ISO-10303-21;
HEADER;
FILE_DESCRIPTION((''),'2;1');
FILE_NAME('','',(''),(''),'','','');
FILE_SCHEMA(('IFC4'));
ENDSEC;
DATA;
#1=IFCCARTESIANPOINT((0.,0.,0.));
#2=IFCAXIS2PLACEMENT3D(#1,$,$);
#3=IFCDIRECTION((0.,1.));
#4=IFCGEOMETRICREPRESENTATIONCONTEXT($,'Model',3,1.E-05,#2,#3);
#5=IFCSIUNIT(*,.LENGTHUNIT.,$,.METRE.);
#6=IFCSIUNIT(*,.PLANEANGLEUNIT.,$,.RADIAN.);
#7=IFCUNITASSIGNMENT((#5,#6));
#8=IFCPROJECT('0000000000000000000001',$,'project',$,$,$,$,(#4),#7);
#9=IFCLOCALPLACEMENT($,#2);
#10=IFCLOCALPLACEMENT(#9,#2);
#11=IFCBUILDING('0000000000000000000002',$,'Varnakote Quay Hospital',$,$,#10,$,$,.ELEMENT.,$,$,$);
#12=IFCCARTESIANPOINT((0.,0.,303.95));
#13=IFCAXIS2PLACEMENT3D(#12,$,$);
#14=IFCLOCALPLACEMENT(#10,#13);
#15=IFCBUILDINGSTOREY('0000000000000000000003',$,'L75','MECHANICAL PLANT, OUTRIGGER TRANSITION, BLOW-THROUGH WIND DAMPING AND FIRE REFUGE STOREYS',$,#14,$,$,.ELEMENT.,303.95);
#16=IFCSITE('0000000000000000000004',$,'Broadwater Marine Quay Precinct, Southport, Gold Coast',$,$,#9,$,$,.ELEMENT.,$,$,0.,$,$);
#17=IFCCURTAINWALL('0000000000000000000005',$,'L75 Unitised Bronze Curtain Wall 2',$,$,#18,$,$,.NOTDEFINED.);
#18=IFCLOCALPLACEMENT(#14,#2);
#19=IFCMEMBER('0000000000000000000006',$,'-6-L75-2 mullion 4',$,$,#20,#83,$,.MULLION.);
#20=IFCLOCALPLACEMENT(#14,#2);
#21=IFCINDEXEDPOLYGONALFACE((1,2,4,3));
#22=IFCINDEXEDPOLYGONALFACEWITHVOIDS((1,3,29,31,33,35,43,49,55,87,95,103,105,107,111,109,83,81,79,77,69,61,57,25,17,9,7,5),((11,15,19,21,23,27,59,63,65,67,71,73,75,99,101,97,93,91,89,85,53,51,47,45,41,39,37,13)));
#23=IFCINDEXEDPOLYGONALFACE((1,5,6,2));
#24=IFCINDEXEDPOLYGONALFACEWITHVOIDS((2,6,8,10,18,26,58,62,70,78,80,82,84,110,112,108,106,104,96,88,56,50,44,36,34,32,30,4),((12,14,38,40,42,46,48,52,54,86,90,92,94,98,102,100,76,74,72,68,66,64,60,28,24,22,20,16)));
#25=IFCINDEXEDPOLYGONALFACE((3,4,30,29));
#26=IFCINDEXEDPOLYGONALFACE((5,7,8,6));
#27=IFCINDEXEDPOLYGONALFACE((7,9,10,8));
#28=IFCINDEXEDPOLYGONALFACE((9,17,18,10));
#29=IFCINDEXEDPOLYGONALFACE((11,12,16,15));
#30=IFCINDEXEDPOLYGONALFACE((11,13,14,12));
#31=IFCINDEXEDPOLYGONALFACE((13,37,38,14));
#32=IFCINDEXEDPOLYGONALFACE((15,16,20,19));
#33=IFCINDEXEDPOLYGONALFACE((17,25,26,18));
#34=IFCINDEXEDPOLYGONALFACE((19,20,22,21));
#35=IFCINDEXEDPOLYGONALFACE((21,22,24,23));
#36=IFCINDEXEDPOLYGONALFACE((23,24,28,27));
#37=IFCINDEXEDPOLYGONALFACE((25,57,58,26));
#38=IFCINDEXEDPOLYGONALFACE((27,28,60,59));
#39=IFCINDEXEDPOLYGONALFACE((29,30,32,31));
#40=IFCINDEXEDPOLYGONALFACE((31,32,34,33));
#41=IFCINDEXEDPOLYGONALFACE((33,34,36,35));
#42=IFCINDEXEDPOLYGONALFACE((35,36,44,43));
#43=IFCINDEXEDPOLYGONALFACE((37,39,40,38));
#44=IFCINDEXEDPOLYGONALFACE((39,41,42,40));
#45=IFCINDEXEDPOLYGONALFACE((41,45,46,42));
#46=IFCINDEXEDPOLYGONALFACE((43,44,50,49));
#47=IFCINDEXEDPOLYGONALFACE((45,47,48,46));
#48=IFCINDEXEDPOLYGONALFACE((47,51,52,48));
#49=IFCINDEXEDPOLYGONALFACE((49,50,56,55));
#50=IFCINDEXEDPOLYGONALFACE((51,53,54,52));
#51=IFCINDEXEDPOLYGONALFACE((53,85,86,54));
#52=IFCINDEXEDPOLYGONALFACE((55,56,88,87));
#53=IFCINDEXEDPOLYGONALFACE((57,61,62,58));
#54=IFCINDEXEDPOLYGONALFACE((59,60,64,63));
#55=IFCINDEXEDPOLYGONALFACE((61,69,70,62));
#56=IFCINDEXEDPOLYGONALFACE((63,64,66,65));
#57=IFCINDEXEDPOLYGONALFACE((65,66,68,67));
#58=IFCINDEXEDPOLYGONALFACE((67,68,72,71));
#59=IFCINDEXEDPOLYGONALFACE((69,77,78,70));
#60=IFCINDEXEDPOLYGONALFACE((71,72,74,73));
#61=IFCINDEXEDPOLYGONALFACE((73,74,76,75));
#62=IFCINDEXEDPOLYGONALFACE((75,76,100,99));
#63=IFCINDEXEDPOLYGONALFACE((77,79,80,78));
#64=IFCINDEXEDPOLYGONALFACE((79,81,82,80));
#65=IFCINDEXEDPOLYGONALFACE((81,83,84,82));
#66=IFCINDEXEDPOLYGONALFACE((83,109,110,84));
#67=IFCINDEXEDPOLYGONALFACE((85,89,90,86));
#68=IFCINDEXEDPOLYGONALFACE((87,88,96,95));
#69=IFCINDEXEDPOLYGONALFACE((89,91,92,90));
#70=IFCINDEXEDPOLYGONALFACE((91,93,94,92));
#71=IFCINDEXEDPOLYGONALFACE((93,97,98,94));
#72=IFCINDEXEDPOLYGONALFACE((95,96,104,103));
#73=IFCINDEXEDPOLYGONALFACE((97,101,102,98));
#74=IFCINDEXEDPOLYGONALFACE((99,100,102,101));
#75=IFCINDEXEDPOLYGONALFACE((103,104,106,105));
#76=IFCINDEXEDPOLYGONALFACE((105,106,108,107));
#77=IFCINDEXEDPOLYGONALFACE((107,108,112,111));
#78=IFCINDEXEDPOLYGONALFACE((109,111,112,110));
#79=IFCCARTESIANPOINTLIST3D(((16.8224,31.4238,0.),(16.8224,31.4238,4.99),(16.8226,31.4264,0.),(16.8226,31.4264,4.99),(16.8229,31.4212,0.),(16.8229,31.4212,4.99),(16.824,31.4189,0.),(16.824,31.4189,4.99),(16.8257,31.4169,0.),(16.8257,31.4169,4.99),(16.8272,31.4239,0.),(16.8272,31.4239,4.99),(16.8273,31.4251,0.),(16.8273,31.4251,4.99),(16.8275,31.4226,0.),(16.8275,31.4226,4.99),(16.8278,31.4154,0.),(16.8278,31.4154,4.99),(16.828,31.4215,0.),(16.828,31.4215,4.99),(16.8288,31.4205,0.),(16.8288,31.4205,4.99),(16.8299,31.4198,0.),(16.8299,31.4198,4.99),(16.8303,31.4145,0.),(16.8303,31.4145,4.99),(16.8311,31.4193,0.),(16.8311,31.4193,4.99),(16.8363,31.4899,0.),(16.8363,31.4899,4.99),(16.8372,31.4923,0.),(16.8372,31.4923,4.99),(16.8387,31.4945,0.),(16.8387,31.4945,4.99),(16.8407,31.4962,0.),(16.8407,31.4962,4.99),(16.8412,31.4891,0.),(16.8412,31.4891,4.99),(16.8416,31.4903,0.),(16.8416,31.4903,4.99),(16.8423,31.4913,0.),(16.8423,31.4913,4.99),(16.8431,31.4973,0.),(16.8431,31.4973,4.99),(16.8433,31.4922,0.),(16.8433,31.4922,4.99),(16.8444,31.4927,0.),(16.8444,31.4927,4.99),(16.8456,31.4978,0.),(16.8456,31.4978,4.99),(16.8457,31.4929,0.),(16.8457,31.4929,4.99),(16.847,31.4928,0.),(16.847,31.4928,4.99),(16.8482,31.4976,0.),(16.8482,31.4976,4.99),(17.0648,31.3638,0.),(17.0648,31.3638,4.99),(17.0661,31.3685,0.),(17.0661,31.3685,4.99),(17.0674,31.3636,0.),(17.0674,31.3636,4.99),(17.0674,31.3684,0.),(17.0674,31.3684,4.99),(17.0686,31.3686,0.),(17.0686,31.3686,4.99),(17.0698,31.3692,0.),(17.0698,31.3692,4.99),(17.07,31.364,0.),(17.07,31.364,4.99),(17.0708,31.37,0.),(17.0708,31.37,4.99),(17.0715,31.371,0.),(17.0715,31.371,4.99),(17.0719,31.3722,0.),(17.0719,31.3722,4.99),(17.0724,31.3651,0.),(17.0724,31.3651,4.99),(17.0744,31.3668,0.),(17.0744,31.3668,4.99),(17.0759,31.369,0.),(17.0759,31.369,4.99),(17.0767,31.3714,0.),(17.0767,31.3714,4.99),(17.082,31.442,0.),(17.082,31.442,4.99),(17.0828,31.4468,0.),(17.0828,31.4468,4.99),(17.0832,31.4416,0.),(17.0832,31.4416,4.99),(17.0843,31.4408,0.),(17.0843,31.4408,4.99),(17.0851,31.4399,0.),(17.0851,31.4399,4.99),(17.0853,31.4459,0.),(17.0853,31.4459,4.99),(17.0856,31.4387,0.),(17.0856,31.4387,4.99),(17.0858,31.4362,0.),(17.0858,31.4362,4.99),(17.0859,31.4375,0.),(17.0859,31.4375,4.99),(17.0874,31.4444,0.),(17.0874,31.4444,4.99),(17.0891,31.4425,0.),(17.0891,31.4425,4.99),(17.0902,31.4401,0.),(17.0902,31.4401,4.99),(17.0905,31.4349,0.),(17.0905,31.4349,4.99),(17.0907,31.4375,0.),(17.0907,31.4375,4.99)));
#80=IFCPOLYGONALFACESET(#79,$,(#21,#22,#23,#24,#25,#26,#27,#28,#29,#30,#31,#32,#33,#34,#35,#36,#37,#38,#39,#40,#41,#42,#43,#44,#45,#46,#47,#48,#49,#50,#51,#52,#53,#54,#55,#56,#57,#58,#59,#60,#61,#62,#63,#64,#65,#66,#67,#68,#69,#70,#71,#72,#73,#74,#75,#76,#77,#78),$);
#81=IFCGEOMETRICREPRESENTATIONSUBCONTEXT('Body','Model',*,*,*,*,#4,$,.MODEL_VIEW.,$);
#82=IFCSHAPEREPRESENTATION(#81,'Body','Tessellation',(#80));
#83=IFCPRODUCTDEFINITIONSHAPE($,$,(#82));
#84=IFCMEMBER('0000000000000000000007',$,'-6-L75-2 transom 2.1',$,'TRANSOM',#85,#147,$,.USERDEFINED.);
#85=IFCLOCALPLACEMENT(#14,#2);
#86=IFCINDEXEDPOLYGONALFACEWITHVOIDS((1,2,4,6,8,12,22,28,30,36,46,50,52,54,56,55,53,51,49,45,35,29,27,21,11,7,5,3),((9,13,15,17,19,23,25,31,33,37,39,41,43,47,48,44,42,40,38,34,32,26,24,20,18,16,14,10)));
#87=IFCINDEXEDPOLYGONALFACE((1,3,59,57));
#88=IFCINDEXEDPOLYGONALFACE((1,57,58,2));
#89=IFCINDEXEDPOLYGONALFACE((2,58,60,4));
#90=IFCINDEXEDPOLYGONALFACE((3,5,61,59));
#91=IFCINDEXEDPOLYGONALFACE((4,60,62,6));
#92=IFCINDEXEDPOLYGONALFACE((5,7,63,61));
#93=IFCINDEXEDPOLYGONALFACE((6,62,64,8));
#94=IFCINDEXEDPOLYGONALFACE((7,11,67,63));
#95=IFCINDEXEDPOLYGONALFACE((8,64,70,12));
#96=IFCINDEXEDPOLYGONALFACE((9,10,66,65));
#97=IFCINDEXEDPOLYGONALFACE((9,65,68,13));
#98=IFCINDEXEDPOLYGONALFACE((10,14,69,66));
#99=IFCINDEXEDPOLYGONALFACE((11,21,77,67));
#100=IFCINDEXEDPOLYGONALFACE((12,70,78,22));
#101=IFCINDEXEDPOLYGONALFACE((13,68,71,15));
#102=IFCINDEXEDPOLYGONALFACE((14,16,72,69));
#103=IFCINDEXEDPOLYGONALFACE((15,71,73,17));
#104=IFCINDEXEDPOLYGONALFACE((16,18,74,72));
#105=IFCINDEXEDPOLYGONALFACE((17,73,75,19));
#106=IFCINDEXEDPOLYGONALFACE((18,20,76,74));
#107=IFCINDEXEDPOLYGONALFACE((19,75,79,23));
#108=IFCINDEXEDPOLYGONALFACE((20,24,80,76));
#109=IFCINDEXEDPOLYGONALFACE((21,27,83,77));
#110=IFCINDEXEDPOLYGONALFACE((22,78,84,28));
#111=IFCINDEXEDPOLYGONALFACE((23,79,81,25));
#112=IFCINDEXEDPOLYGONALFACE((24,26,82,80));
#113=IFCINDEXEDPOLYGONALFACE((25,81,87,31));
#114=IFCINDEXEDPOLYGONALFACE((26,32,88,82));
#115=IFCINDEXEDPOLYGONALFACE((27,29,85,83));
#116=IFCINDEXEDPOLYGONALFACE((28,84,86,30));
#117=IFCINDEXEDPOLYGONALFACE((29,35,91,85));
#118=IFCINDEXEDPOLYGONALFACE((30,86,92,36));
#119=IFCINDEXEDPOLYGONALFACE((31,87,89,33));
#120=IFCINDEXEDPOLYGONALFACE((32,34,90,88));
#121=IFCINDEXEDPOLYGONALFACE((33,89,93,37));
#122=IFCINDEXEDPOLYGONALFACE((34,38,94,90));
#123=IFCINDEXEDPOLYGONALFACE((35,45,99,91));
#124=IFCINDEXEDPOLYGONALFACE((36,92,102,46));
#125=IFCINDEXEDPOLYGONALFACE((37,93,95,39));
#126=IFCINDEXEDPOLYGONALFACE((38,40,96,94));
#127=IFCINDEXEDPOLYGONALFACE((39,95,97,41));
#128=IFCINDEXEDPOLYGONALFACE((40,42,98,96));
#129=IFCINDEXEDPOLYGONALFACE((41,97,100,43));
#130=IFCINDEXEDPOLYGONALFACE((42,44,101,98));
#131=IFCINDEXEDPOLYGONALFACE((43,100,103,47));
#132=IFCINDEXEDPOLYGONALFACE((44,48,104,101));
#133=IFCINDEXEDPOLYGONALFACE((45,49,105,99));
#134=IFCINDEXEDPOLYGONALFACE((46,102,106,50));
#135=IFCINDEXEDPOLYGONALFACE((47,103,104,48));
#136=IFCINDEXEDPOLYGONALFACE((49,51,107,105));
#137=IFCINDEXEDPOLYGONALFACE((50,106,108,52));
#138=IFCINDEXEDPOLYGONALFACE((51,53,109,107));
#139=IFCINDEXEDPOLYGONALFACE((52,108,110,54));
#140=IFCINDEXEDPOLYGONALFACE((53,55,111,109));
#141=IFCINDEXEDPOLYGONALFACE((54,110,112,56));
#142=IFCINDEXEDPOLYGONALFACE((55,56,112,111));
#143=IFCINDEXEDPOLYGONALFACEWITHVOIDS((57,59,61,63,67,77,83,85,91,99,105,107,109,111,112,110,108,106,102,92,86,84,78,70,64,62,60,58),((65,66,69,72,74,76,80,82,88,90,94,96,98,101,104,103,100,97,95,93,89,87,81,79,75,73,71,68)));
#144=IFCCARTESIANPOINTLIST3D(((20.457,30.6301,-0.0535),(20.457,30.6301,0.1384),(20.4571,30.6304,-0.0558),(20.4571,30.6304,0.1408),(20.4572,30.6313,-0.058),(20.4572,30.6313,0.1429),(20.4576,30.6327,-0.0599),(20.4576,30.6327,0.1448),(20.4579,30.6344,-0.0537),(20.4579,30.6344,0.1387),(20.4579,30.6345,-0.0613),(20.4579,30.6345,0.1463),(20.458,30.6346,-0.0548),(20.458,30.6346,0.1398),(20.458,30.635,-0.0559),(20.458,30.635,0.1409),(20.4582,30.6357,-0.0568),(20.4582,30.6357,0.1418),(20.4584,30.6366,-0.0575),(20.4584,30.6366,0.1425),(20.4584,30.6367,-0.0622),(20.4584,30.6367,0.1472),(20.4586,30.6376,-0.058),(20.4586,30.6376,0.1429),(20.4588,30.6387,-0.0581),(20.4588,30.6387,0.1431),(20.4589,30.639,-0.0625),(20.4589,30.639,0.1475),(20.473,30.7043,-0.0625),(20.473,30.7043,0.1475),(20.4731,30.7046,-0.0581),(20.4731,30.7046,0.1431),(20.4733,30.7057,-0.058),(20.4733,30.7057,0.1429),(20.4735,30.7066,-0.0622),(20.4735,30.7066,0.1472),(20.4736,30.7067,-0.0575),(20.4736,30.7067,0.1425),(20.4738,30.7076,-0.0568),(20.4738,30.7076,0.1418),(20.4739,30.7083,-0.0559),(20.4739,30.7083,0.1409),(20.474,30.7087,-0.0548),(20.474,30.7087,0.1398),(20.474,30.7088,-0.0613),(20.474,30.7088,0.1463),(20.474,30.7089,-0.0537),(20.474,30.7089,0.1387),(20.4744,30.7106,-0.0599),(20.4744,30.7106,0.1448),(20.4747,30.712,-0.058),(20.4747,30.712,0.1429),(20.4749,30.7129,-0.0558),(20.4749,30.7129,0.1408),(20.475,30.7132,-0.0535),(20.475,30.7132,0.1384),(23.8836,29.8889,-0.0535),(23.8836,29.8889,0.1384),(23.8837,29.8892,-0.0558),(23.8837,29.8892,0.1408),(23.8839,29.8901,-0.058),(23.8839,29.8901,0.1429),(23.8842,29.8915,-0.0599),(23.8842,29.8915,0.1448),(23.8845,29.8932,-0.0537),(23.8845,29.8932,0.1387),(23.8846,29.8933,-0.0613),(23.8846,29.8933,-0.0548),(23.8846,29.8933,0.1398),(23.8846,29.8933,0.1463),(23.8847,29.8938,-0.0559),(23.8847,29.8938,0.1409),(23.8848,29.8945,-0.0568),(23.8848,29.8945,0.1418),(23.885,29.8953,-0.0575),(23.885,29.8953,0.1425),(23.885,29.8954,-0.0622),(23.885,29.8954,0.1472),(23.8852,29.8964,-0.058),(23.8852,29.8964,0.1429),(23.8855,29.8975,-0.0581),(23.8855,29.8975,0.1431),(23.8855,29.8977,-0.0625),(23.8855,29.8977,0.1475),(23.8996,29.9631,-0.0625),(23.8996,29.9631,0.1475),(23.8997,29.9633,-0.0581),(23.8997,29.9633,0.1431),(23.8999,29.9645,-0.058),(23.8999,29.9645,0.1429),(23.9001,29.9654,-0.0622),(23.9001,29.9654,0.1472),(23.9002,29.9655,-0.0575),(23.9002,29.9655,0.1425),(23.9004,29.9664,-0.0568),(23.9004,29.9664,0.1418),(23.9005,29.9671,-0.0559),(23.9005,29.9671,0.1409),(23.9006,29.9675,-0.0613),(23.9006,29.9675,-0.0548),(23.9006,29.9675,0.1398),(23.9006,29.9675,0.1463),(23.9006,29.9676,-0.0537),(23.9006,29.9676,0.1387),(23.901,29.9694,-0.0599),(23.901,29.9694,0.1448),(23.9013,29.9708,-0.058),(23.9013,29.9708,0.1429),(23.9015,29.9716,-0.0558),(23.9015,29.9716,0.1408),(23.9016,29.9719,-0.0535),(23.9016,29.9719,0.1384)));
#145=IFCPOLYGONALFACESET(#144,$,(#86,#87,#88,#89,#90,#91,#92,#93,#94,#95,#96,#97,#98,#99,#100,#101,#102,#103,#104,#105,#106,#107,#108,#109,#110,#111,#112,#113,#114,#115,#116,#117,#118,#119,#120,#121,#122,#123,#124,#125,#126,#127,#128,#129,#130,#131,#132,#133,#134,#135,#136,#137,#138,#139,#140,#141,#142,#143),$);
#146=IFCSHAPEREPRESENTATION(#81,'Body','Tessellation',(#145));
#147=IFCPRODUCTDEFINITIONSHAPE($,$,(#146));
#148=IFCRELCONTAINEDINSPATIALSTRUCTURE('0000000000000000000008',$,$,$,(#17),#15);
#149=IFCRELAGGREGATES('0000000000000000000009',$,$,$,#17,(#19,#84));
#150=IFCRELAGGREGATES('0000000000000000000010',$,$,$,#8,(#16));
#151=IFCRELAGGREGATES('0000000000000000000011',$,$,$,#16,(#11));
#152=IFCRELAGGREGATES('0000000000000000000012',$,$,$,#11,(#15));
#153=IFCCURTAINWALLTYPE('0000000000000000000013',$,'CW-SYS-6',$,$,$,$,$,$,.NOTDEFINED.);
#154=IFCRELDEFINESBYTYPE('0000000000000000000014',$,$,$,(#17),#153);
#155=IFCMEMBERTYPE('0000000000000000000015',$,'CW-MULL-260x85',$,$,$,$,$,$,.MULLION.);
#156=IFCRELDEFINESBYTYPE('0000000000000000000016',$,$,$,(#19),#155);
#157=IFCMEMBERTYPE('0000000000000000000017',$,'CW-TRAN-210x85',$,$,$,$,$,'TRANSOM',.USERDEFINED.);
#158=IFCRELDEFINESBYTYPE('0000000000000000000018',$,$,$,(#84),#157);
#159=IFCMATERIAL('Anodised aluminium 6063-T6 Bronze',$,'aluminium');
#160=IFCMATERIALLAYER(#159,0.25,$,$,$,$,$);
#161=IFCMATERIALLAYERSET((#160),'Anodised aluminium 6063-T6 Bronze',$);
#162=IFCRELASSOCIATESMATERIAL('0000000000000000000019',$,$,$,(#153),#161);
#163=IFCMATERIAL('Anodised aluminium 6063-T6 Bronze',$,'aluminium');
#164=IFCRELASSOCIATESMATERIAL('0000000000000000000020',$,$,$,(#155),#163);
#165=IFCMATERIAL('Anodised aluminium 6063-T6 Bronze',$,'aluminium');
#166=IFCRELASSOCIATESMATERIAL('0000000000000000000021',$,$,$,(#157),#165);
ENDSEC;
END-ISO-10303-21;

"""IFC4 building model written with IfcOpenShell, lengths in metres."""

from ifc_helpers import new_model, si_unit, direction, frame, origin, origin_2d, place, context, subcontext, project, spatial, hollow_rectangle, extrude, material, layer, layer_set, material_profile, profile_set, type_object, element, aggregate, save


model = new_model("IFC4")

# Units and contexts
model_context = context("Model", 3, precision=1e-05, world=origin(), true_north=direction((0.0, 1.0)))
body_context = subcontext(model_context, "Body", "Model", "MODEL_VIEW")
ifc_project = project(units=[si_unit("LENGTHUNIT", "METRE"), si_unit("PLANEANGLEUNIT", "RADIAN")], contexts=[model_context])

# Site, building, storey
site_placement = place(None, origin())
site = spatial("IfcSite", under=ifc_project, at=site_placement, Name="Broadwater Marine Quay Precinct, Southport, Gold Coast", CompositionType="ELEMENT", RefElevation=0.0)
building_placement = place(site_placement, origin())
building = spatial("IfcBuilding", under=site, at=building_placement, Name="Varnakote Quay Hospital", CompositionType="ELEMENT")
storey_placement = place(building_placement, frame((0.0, 0.0, 303.95)))
storey = spatial("IfcBuildingStorey", under=building, at=storey_placement, Name="L75", Description="MECHANICAL PLANT, OUTRIGGER TRANSITION, BLOW-THROUGH WIND DAMPING AND FIRE REFUGE STOREYS", CompositionType="ELEMENT", Elevation=303.95)

# Curtain wall, members
ifc_material_1 = material(Name="Anodised aluminium 6063-T6 Bronze", Category="aluminium")
ifc_layer_1 = layer(ifc_material_1, 0.25)
ifc_layer_set_1 = layer_set([ifc_layer_1], Name="Anodised aluminium 6063-T6 Bronze")
curtain_wall_type = type_object("IfcCurtainWallType", Name="CW-SYS-6", PredefinedType="NOTDEFINED", material=ifc_layer_set_1)
curtain_wall_placement = place(storey_placement, origin())
curtain_wall = element("IfcCurtainWall", 1, at=curtain_wall_placement, inside=storey, type_object=curtain_wall_type, Name="L75 Unitised Bronze Curtain Wall 2", PredefinedType="NOTDEFINED")
ifc_material_2 = material(Name="Anodised aluminium 6063-T6 Bronze", Category="aluminium")
ifc_material_profile_1 = material_profile(ifc_material_2, hollow_rectangle(XDim=0.085, YDim=0.26, WallThickness=0.0049, InnerFilletRadius=0.0049, OuterFilletRadius=0.01, at=origin_2d()), Name="CW-MULL-260x85")
ifc_profile_set_1 = profile_set([ifc_material_profile_1], Name="Anodised aluminium 6063-T6 Bronze")
member_type_1 = type_object("IfcMemberType", Name="CW-MULL-260x85", PredefinedType="MULLION", material=ifc_profile_set_1)
member_1_placement = place(storey_placement, frame((16.9565, 31.4307, 0.0), z_axis=(0.0, 0.0, 1.0), x_axis=(-0.211408, -0.977398, 0.0)))
member_1 = element("IfcMember", 2, at=member_1_placement, type_object=member_type_1, Name="-6-L75-2 mullion 4", PredefinedType="MULLION", context=body_context, shape_type="SweptSolid", body=[
    extrude(hollow_rectangle(XDim=0.085, YDim=0.26, WallThickness=0.0049, InnerFilletRadius=0.0049, OuterFilletRadius=0.01, at=origin_2d()), origin(), (0.0, 0.0, 1.0), 4.99),
])
ifc_material_3 = material(Name="Anodised aluminium 6063-T6 Bronze", Category="aluminium")
ifc_material_profile_2 = material_profile(ifc_material_3, hollow_rectangle(XDim=0.085, YDim=0.21, WallThickness=0.0044, InnerFilletRadius=0.0044, OuterFilletRadius=0.009, at=origin_2d()), Name="CW-TRAN-210x85")
ifc_profile_set_2 = profile_set([ifc_material_profile_2], Name="Anodised aluminium 6063-T6 Bronze")
member_type_2 = type_object("IfcMemberType", Name="CW-TRAN-210x85", ElementType="TRANSOM", PredefinedType="USERDEFINED", material=ifc_profile_set_2)
member_2_placement = place(storey_placement, frame((23.8926, 29.9304, 0.0425), z_axis=(-0.977394, 0.211426, 0.0), x_axis=(-0.211426, -0.977394, 0.0)))
member_2 = element("IfcMember", 3, at=member_2_placement, type_object=member_type_2, Name="-6-L75-2 transom 2.1", ObjectType="TRANSOM", PredefinedType="USERDEFINED", context=body_context, shape_type="SweptSolid", body=[
    extrude(hollow_rectangle(XDim=0.085, YDim=0.21, WallThickness=0.0044, InnerFilletRadius=0.0044, OuterFilletRadius=0.009, at=origin_2d()), origin(), (0.0, 0.0, 1.0), 3.5059),
])

aggregate(curtain_wall, [member_1, member_2])

save(model, "model.ifc")
